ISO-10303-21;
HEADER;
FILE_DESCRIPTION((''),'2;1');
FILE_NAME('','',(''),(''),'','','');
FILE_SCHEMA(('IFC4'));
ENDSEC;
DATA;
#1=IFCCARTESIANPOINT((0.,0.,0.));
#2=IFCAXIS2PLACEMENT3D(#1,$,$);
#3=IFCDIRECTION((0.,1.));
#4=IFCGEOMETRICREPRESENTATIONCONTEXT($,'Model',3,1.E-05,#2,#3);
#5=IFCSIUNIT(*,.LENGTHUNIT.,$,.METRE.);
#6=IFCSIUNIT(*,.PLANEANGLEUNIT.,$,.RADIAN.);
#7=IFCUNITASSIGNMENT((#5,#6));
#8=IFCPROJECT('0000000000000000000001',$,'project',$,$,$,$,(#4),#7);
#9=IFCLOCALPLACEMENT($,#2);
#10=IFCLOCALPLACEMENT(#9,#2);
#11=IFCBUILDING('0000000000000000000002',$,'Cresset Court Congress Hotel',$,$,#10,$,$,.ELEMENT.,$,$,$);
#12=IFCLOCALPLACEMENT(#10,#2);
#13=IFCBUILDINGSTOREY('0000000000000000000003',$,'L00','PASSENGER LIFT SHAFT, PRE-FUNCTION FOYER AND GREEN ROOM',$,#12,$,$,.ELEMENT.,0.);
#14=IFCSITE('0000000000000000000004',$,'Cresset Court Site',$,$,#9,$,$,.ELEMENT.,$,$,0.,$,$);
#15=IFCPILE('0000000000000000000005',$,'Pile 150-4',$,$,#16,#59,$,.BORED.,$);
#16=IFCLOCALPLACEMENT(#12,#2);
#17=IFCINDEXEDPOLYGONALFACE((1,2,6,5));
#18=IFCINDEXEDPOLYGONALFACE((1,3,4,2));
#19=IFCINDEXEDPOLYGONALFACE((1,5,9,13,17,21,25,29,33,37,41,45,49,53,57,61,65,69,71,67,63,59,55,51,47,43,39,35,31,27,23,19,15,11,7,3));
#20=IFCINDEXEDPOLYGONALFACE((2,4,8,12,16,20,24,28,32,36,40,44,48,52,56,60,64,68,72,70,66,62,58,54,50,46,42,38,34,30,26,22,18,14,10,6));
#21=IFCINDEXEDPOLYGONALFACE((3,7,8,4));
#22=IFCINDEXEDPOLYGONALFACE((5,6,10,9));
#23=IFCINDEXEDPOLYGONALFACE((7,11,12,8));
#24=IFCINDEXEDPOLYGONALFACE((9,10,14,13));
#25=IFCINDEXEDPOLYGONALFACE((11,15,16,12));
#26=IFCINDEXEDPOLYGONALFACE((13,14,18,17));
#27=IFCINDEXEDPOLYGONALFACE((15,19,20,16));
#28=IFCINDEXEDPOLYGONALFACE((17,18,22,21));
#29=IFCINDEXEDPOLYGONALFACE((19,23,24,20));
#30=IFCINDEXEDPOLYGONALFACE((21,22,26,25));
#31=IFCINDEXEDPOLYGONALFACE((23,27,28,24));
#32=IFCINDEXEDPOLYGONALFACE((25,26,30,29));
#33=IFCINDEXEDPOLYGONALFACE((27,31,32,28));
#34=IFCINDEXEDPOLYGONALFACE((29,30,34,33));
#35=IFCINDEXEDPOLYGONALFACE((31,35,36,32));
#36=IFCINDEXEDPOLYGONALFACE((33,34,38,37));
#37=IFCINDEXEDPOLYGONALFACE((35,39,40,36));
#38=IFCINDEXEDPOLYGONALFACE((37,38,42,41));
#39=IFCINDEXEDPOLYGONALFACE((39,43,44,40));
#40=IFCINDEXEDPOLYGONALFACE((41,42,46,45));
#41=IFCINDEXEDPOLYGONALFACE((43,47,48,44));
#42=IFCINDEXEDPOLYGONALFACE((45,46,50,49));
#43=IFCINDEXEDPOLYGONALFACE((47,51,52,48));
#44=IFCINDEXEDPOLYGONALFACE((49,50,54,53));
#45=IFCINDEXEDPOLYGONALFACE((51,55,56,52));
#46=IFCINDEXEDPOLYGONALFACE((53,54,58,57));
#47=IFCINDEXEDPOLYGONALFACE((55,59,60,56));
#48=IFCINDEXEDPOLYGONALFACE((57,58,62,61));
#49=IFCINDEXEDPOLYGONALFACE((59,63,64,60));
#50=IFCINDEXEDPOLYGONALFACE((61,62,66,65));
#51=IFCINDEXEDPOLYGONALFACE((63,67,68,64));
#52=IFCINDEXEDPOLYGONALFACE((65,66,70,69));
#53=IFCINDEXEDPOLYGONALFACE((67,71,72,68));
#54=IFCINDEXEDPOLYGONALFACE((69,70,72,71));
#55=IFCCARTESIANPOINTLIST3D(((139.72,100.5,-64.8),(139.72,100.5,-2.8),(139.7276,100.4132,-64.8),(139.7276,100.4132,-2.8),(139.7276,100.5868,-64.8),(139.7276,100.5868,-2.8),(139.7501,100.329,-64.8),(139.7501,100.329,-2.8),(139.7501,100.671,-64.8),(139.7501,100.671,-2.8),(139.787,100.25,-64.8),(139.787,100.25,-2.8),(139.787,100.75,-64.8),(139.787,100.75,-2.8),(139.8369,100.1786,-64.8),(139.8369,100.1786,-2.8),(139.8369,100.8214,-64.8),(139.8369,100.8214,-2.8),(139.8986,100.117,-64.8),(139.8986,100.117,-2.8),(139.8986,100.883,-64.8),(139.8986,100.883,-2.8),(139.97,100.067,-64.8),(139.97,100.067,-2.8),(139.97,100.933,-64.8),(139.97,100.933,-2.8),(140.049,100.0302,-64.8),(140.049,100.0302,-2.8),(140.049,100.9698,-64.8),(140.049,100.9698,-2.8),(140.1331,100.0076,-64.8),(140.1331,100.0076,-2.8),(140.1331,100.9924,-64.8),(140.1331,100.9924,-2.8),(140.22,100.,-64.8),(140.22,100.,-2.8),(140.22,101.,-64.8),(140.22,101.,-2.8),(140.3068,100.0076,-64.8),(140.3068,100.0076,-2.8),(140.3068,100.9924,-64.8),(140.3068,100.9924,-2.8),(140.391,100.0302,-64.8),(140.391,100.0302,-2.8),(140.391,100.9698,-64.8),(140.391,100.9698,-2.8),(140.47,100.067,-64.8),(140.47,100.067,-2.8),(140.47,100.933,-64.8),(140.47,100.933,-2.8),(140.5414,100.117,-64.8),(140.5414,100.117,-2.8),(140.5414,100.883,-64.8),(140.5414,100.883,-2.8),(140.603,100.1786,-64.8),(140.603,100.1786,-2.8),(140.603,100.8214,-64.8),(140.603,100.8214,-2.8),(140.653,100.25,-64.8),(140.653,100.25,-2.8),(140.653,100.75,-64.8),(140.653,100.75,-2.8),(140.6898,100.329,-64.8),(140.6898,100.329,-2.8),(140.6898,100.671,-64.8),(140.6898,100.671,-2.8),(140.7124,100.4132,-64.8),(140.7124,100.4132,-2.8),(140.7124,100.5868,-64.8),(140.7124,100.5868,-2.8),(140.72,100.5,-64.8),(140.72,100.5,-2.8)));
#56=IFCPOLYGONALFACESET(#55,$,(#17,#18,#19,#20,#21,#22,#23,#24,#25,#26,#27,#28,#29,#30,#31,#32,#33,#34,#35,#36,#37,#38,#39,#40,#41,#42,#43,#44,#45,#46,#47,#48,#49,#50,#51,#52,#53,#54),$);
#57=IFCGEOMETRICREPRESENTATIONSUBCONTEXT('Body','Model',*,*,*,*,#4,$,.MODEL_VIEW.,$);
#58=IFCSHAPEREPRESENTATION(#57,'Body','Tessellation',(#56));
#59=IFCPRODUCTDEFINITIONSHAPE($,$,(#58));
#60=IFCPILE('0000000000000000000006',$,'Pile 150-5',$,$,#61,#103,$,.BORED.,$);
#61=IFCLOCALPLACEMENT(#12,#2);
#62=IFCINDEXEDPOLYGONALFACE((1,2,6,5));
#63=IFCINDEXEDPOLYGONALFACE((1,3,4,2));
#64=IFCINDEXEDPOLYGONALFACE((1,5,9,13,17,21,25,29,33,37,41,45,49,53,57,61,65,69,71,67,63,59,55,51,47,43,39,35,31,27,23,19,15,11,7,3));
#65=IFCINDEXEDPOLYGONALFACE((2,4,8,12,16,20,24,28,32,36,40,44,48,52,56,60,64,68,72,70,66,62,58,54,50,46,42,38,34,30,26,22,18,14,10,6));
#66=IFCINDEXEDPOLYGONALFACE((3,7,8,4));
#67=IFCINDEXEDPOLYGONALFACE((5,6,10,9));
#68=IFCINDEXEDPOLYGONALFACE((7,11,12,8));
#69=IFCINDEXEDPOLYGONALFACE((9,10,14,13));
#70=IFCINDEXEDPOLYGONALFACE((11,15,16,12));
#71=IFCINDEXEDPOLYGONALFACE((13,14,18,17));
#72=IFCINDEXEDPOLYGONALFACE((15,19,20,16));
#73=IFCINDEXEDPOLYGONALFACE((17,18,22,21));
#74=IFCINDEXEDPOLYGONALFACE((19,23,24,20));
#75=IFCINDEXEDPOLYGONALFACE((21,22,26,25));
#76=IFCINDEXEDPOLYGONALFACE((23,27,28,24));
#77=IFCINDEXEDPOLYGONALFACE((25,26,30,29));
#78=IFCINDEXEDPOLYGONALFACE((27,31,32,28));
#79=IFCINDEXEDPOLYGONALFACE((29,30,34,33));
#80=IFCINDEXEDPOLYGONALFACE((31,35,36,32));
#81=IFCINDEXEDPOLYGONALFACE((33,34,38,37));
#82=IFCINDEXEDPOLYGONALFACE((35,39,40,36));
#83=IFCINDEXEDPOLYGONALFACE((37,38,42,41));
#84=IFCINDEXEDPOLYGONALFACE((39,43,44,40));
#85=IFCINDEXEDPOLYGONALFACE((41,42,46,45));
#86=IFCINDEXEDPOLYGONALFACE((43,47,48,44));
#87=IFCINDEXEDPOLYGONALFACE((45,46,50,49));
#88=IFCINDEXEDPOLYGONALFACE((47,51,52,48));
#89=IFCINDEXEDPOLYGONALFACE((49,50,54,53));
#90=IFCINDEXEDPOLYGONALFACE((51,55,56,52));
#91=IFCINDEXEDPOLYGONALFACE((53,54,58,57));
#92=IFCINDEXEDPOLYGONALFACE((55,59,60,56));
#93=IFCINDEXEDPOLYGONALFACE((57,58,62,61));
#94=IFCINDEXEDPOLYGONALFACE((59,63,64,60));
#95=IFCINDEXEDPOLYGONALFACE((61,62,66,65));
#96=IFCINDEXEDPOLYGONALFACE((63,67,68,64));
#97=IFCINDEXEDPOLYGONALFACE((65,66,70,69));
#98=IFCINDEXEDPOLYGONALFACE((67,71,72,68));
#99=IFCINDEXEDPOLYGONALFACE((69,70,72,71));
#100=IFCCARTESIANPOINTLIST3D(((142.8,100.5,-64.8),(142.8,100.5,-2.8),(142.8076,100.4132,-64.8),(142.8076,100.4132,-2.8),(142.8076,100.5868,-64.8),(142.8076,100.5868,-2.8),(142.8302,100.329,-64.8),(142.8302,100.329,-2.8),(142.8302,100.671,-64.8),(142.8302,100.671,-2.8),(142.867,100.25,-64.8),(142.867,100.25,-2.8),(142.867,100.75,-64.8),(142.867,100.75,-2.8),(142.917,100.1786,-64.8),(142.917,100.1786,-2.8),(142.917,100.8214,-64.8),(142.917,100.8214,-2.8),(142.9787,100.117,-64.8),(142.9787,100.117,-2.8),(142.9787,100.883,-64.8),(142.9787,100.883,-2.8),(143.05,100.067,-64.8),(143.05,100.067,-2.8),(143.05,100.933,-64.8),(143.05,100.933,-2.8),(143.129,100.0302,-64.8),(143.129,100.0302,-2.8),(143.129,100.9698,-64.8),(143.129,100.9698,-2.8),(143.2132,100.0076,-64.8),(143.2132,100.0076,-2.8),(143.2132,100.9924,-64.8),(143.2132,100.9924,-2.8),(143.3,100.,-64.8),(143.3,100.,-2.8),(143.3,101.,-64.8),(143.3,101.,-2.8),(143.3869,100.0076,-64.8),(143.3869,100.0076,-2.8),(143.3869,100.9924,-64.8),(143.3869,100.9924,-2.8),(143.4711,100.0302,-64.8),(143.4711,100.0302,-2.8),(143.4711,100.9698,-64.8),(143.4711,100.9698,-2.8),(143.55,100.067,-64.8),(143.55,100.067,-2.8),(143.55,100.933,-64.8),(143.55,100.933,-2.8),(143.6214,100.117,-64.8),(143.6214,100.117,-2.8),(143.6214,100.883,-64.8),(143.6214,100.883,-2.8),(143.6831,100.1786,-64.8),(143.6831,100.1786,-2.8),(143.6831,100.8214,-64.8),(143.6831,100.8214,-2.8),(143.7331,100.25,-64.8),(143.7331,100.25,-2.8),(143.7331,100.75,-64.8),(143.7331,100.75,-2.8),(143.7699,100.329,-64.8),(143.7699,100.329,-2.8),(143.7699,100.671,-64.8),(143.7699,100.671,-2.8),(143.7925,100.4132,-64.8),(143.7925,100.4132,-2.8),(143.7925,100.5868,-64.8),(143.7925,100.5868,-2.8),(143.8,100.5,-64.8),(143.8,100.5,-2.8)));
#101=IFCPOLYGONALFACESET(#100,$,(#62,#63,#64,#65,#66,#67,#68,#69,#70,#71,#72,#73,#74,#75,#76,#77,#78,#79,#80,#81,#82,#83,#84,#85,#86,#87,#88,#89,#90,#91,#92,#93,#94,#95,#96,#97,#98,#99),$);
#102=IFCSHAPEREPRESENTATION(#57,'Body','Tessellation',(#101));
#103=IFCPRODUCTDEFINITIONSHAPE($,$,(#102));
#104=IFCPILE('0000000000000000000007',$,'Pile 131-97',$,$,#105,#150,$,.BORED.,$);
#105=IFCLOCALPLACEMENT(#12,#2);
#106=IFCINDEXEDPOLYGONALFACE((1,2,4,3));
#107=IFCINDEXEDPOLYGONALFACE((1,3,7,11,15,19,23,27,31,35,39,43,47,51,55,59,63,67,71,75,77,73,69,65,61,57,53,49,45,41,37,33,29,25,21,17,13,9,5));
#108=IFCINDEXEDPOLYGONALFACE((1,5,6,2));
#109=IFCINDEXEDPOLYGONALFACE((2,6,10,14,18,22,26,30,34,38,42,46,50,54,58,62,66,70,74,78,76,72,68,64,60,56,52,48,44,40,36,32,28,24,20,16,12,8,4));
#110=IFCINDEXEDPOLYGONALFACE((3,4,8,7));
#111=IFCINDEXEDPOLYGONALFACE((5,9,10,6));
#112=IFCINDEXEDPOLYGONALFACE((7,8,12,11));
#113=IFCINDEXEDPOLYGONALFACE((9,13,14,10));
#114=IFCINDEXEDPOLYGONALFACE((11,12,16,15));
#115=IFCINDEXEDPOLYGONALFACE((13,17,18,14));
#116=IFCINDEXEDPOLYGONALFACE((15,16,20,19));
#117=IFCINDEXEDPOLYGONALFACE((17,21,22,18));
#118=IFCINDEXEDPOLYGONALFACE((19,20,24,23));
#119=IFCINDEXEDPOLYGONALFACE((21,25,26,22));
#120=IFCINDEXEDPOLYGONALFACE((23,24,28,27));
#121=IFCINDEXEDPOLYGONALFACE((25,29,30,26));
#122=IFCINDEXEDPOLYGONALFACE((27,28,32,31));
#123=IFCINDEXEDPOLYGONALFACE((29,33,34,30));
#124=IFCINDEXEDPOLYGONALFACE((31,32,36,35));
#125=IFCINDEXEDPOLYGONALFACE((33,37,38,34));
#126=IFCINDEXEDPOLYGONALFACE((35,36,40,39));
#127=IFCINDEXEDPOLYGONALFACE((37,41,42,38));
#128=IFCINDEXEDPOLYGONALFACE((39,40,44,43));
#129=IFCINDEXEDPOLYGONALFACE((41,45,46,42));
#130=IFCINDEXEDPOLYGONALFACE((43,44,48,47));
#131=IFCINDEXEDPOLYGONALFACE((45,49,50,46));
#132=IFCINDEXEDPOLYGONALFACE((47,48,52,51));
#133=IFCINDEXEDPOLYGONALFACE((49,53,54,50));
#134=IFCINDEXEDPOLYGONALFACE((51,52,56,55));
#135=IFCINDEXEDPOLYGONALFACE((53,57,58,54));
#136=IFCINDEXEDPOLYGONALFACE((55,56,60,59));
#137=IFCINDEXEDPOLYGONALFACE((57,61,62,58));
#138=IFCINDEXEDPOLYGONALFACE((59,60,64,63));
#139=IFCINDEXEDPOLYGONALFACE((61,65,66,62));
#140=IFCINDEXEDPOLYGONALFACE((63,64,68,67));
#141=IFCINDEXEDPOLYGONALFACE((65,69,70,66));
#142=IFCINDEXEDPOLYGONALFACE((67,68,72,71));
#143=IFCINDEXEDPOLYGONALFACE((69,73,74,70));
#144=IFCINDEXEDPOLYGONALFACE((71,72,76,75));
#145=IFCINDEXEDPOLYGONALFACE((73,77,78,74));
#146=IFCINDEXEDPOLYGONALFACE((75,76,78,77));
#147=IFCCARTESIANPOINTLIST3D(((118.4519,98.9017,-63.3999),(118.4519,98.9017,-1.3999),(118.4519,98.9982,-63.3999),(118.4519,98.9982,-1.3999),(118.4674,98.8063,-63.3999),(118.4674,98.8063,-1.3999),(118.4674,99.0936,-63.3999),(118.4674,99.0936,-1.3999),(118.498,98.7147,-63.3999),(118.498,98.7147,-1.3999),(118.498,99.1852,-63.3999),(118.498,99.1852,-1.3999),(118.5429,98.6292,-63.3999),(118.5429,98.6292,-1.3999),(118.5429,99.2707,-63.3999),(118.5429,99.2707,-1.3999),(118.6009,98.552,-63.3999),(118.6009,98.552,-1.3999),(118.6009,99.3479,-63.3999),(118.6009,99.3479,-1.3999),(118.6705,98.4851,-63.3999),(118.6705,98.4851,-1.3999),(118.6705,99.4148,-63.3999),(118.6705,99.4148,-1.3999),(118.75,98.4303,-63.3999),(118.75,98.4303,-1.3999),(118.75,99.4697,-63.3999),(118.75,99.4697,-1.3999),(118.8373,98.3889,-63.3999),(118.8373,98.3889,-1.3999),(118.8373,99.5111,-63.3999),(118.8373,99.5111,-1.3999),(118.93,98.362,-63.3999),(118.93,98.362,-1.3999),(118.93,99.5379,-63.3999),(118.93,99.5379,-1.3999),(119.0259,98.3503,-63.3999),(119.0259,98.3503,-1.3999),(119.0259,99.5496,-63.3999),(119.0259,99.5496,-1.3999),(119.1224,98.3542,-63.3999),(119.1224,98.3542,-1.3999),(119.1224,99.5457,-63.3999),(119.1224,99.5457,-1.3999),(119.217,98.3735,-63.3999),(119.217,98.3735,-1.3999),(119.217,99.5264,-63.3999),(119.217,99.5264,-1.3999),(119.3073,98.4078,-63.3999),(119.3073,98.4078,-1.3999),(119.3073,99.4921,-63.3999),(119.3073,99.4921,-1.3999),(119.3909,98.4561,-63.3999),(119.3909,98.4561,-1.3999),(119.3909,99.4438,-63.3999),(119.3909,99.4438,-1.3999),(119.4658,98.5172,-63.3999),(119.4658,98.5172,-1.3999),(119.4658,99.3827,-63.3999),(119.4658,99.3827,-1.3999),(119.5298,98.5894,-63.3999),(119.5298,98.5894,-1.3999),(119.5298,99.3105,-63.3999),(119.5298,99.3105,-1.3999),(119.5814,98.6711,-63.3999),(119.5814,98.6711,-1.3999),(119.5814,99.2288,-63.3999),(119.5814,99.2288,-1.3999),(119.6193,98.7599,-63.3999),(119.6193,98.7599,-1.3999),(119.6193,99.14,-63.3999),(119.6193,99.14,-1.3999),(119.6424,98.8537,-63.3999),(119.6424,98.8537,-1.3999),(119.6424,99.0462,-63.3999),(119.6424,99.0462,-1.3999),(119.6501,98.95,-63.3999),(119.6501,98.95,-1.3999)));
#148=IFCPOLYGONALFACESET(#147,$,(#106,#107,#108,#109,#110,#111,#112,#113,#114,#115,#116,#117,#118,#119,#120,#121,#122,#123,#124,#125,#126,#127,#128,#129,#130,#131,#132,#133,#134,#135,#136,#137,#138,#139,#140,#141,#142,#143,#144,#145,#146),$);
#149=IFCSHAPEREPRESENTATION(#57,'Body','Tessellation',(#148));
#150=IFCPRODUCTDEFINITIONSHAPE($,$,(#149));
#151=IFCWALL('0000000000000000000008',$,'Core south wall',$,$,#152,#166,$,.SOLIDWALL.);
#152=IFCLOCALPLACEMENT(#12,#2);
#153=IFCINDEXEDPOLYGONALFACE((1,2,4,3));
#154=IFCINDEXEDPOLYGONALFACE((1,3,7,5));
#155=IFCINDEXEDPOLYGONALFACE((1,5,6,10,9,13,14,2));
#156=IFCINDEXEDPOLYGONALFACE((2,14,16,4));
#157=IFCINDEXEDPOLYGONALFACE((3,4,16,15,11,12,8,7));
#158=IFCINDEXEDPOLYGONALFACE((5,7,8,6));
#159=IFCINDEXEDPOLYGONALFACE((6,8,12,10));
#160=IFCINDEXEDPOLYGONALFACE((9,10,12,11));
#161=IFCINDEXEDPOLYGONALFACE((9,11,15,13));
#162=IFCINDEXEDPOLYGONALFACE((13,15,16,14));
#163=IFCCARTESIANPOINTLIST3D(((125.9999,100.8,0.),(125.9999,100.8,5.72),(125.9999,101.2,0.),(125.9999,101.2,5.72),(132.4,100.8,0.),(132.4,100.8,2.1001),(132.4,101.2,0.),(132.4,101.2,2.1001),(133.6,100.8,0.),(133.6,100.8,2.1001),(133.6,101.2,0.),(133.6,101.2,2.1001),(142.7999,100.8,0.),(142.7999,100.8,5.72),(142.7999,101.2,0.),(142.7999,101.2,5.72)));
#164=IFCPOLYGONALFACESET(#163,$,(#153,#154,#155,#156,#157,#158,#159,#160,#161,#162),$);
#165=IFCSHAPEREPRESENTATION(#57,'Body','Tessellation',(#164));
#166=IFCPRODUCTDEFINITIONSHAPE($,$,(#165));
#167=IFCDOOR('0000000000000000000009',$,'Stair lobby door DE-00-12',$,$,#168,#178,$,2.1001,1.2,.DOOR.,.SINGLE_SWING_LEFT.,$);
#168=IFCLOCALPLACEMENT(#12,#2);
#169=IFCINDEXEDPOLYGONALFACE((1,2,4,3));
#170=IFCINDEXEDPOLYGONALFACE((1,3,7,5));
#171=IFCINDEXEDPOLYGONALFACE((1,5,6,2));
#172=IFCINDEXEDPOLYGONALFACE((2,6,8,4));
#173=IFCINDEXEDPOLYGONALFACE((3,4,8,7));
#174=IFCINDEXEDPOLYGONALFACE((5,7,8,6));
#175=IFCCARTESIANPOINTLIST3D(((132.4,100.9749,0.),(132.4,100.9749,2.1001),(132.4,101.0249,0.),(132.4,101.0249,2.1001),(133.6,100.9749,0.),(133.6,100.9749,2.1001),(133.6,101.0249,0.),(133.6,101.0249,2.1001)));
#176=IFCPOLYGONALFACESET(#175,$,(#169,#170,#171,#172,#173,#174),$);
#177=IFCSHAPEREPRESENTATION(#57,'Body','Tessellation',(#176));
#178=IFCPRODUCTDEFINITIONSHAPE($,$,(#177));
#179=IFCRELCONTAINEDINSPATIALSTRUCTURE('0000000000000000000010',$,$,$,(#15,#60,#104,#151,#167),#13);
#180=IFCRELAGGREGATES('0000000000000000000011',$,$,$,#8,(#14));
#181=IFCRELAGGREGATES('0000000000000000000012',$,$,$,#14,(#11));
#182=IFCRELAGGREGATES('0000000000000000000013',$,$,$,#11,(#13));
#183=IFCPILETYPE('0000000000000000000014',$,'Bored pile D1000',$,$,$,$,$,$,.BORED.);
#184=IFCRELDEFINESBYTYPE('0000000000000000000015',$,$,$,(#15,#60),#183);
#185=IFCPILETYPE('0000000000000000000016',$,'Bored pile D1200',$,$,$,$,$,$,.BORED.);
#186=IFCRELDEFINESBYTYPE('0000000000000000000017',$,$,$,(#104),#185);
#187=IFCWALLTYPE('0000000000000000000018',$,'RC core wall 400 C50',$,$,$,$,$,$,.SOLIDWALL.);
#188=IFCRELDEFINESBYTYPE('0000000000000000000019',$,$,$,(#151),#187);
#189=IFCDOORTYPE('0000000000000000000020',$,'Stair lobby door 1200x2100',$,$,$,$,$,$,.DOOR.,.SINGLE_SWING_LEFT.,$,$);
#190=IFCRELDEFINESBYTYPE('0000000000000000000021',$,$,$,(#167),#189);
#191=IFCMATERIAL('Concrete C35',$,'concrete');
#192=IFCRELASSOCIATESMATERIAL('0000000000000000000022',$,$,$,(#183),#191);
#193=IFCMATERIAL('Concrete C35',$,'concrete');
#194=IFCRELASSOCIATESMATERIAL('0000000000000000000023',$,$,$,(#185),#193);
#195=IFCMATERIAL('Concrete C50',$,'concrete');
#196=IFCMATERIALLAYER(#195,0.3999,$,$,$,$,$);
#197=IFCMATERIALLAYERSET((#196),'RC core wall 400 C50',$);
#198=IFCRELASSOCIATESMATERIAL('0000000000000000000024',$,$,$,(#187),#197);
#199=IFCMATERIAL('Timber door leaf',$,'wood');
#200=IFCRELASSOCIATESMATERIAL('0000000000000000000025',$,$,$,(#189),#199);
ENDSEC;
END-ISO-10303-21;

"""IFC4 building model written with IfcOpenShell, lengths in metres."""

from ifc_helpers import new_model, si_unit, direction, frame, frame_2d, origin, origin_2d, place, context, subcontext, project, spatial, rectangle, circle, extrude, material, layer, layer_set, type_object, element, fill, save


model = new_model("IFC4")

# Units and contexts
model_context = context("Model", 3, precision=1e-05, world=origin(), true_north=direction((0.0, 1.0)))
body_context = subcontext(model_context, "Body", "Model", "MODEL_VIEW")
ifc_project = project(units=[si_unit("LENGTHUNIT", "METRE"), si_unit("PLANEANGLEUNIT", "RADIAN")], contexts=[model_context])

# Site, building, storey
site_placement = place(None, origin())
site = spatial("IfcSite", under=ifc_project, at=site_placement, Name="Cresset Court Site", CompositionType="ELEMENT", RefElevation=0.0)
building_placement = place(site_placement, origin())
building = spatial("IfcBuilding", under=site, at=building_placement, Name="Cresset Court Congress Hotel", CompositionType="ELEMENT")
storey_placement = place(building_placement, origin())
storey = spatial("IfcBuildingStorey", under=building, at=storey_placement, Name="L00", Description="PASSENGER LIFT SHAFT, PRE-FUNCTION FOYER AND GREEN ROOM", CompositionType="ELEMENT", Elevation=0.0)

# Piles
ifc_material_1 = material(Name="Concrete C35", Category="concrete")
pile_type_1 = type_object("IfcPileType", Name="Bored pile D1000", PredefinedType="BORED", material=ifc_material_1)
for number, where, z_axis, x_axis, name in (
    (1, (140.22, 100.5, -2.8), (0.0, 0.0, -1.0), (1.0, 0.0, 0.0), "Pile 150-4"),
    (2, (143.3, 100.5, -2.8), (0.0, 0.0, -1.0), (1.0, 0.0, 0.0), "Pile 150-5"),
):
    element("IfcPile", number, at=place(storey_placement, frame(where, z_axis=z_axis, x_axis=x_axis)), inside=storey, type_object=pile_type_1, Name=name, PredefinedType="BORED", context=body_context, shape_type="SweptSolid", body=[
        extrude(circle(Radius=0.5, at=origin_2d()), origin(), (0.0, 0.0, 1.0), 62.0),
    ])
ifc_material_2 = material(Name="Concrete C35", Category="concrete")
pile_type_2 = type_object("IfcPileType", Name="Bored pile D1200", PredefinedType="BORED", material=ifc_material_2)
pile_placement = place(storey_placement, frame((119.05, 98.95, -1.3999), z_axis=(0.0, 0.0, -1.0), x_axis=(1.0, 0.0, 0.0)))
element("IfcPile", 3, at=pile_placement, inside=storey, type_object=pile_type_2, Name="Pile 131-97", PredefinedType="BORED", context=body_context, shape_type="SweptSolid", body=[
    extrude(circle(Radius=0.6001, at=origin_2d()), origin(), (0.0, 0.0, 1.0), 62.0),
])

# Wall, opening, door
ifc_material_3 = material(Name="Concrete C50", Category="concrete")
ifc_layer_1 = layer(ifc_material_3, 0.3999)
ifc_layer_set_1 = layer_set([ifc_layer_1], Name="RC core wall 400 C50")
wall_type_1 = type_object("IfcWallType", Name="RC core wall 400 C50", PredefinedType="SOLIDWALL", material=ifc_layer_set_1)
wall_1_placement = place(storey_placement, frame((126.0, 101.0, 0.0), z_axis=(0.0, 0.0, 1.0), x_axis=(1.0, 0.0, 0.0)))
wall_1 = element("IfcWall", 4, at=wall_1_placement, inside=storey, type_object=wall_type_1, Name="Core south wall", PredefinedType="SOLIDWALL", context=body_context, shape_type="SweptSolid", body=[
    extrude(rectangle(XDim=16.8, YDim=0.3999, at=frame_2d((8.3999, 0.0))), origin(), (0.0, 0.0, 1.0), 5.72),
])
opening_1_placement = place(wall_1_placement, frame((6.3999, 0.0, 0.0)))
opening_1 = element("IfcOpeningElement", 5, at=opening_1_placement, cuts=wall_1, PredefinedType="OPENING", context=body_context, shape_type="SweptSolid", body=[
    extrude(rectangle(XDim=1.2, YDim=2.1001, at=frame_2d((0.6001, 1.05))), frame((0.0, 0.21, 0.0), z_axis=(0.0, -1.0, 0.0), x_axis=(1.0, 0.0, 0.0)), (0.0, 0.0, 1.0), 0.4199),
])
ifc_material_4 = material(Name="Timber door leaf", Category="wood")
door_type_1 = type_object("IfcDoorType", Name="Stair lobby door 1200x2100", OperationType="SINGLE_SWING_LEFT", PredefinedType="DOOR", material=ifc_material_4)
door_1_placement = place(opening_1_placement, origin())
door_1 = element("IfcDoor", 6, at=door_1_placement, inside=storey, type_object=door_type_1, Name="Stair lobby door DE-00-12", OperationType="SINGLE_SWING_LEFT", OverallHeight=2.1001, OverallWidth=1.2, PredefinedType="DOOR", context=body_context, shape_type="SweptSolid", body=[
    extrude(rectangle(XDim=1.2, YDim=2.1001, at=frame_2d((0.6001, 1.05))), frame((0.0, 0.0249, 0.0), z_axis=(0.0, -1.0, 0.0), x_axis=(1.0, 0.0, 0.0)), (0.0, 0.0, 1.0), 0.05),
])
fill(opening_1, door_1)

save(model, "model.ifc")
